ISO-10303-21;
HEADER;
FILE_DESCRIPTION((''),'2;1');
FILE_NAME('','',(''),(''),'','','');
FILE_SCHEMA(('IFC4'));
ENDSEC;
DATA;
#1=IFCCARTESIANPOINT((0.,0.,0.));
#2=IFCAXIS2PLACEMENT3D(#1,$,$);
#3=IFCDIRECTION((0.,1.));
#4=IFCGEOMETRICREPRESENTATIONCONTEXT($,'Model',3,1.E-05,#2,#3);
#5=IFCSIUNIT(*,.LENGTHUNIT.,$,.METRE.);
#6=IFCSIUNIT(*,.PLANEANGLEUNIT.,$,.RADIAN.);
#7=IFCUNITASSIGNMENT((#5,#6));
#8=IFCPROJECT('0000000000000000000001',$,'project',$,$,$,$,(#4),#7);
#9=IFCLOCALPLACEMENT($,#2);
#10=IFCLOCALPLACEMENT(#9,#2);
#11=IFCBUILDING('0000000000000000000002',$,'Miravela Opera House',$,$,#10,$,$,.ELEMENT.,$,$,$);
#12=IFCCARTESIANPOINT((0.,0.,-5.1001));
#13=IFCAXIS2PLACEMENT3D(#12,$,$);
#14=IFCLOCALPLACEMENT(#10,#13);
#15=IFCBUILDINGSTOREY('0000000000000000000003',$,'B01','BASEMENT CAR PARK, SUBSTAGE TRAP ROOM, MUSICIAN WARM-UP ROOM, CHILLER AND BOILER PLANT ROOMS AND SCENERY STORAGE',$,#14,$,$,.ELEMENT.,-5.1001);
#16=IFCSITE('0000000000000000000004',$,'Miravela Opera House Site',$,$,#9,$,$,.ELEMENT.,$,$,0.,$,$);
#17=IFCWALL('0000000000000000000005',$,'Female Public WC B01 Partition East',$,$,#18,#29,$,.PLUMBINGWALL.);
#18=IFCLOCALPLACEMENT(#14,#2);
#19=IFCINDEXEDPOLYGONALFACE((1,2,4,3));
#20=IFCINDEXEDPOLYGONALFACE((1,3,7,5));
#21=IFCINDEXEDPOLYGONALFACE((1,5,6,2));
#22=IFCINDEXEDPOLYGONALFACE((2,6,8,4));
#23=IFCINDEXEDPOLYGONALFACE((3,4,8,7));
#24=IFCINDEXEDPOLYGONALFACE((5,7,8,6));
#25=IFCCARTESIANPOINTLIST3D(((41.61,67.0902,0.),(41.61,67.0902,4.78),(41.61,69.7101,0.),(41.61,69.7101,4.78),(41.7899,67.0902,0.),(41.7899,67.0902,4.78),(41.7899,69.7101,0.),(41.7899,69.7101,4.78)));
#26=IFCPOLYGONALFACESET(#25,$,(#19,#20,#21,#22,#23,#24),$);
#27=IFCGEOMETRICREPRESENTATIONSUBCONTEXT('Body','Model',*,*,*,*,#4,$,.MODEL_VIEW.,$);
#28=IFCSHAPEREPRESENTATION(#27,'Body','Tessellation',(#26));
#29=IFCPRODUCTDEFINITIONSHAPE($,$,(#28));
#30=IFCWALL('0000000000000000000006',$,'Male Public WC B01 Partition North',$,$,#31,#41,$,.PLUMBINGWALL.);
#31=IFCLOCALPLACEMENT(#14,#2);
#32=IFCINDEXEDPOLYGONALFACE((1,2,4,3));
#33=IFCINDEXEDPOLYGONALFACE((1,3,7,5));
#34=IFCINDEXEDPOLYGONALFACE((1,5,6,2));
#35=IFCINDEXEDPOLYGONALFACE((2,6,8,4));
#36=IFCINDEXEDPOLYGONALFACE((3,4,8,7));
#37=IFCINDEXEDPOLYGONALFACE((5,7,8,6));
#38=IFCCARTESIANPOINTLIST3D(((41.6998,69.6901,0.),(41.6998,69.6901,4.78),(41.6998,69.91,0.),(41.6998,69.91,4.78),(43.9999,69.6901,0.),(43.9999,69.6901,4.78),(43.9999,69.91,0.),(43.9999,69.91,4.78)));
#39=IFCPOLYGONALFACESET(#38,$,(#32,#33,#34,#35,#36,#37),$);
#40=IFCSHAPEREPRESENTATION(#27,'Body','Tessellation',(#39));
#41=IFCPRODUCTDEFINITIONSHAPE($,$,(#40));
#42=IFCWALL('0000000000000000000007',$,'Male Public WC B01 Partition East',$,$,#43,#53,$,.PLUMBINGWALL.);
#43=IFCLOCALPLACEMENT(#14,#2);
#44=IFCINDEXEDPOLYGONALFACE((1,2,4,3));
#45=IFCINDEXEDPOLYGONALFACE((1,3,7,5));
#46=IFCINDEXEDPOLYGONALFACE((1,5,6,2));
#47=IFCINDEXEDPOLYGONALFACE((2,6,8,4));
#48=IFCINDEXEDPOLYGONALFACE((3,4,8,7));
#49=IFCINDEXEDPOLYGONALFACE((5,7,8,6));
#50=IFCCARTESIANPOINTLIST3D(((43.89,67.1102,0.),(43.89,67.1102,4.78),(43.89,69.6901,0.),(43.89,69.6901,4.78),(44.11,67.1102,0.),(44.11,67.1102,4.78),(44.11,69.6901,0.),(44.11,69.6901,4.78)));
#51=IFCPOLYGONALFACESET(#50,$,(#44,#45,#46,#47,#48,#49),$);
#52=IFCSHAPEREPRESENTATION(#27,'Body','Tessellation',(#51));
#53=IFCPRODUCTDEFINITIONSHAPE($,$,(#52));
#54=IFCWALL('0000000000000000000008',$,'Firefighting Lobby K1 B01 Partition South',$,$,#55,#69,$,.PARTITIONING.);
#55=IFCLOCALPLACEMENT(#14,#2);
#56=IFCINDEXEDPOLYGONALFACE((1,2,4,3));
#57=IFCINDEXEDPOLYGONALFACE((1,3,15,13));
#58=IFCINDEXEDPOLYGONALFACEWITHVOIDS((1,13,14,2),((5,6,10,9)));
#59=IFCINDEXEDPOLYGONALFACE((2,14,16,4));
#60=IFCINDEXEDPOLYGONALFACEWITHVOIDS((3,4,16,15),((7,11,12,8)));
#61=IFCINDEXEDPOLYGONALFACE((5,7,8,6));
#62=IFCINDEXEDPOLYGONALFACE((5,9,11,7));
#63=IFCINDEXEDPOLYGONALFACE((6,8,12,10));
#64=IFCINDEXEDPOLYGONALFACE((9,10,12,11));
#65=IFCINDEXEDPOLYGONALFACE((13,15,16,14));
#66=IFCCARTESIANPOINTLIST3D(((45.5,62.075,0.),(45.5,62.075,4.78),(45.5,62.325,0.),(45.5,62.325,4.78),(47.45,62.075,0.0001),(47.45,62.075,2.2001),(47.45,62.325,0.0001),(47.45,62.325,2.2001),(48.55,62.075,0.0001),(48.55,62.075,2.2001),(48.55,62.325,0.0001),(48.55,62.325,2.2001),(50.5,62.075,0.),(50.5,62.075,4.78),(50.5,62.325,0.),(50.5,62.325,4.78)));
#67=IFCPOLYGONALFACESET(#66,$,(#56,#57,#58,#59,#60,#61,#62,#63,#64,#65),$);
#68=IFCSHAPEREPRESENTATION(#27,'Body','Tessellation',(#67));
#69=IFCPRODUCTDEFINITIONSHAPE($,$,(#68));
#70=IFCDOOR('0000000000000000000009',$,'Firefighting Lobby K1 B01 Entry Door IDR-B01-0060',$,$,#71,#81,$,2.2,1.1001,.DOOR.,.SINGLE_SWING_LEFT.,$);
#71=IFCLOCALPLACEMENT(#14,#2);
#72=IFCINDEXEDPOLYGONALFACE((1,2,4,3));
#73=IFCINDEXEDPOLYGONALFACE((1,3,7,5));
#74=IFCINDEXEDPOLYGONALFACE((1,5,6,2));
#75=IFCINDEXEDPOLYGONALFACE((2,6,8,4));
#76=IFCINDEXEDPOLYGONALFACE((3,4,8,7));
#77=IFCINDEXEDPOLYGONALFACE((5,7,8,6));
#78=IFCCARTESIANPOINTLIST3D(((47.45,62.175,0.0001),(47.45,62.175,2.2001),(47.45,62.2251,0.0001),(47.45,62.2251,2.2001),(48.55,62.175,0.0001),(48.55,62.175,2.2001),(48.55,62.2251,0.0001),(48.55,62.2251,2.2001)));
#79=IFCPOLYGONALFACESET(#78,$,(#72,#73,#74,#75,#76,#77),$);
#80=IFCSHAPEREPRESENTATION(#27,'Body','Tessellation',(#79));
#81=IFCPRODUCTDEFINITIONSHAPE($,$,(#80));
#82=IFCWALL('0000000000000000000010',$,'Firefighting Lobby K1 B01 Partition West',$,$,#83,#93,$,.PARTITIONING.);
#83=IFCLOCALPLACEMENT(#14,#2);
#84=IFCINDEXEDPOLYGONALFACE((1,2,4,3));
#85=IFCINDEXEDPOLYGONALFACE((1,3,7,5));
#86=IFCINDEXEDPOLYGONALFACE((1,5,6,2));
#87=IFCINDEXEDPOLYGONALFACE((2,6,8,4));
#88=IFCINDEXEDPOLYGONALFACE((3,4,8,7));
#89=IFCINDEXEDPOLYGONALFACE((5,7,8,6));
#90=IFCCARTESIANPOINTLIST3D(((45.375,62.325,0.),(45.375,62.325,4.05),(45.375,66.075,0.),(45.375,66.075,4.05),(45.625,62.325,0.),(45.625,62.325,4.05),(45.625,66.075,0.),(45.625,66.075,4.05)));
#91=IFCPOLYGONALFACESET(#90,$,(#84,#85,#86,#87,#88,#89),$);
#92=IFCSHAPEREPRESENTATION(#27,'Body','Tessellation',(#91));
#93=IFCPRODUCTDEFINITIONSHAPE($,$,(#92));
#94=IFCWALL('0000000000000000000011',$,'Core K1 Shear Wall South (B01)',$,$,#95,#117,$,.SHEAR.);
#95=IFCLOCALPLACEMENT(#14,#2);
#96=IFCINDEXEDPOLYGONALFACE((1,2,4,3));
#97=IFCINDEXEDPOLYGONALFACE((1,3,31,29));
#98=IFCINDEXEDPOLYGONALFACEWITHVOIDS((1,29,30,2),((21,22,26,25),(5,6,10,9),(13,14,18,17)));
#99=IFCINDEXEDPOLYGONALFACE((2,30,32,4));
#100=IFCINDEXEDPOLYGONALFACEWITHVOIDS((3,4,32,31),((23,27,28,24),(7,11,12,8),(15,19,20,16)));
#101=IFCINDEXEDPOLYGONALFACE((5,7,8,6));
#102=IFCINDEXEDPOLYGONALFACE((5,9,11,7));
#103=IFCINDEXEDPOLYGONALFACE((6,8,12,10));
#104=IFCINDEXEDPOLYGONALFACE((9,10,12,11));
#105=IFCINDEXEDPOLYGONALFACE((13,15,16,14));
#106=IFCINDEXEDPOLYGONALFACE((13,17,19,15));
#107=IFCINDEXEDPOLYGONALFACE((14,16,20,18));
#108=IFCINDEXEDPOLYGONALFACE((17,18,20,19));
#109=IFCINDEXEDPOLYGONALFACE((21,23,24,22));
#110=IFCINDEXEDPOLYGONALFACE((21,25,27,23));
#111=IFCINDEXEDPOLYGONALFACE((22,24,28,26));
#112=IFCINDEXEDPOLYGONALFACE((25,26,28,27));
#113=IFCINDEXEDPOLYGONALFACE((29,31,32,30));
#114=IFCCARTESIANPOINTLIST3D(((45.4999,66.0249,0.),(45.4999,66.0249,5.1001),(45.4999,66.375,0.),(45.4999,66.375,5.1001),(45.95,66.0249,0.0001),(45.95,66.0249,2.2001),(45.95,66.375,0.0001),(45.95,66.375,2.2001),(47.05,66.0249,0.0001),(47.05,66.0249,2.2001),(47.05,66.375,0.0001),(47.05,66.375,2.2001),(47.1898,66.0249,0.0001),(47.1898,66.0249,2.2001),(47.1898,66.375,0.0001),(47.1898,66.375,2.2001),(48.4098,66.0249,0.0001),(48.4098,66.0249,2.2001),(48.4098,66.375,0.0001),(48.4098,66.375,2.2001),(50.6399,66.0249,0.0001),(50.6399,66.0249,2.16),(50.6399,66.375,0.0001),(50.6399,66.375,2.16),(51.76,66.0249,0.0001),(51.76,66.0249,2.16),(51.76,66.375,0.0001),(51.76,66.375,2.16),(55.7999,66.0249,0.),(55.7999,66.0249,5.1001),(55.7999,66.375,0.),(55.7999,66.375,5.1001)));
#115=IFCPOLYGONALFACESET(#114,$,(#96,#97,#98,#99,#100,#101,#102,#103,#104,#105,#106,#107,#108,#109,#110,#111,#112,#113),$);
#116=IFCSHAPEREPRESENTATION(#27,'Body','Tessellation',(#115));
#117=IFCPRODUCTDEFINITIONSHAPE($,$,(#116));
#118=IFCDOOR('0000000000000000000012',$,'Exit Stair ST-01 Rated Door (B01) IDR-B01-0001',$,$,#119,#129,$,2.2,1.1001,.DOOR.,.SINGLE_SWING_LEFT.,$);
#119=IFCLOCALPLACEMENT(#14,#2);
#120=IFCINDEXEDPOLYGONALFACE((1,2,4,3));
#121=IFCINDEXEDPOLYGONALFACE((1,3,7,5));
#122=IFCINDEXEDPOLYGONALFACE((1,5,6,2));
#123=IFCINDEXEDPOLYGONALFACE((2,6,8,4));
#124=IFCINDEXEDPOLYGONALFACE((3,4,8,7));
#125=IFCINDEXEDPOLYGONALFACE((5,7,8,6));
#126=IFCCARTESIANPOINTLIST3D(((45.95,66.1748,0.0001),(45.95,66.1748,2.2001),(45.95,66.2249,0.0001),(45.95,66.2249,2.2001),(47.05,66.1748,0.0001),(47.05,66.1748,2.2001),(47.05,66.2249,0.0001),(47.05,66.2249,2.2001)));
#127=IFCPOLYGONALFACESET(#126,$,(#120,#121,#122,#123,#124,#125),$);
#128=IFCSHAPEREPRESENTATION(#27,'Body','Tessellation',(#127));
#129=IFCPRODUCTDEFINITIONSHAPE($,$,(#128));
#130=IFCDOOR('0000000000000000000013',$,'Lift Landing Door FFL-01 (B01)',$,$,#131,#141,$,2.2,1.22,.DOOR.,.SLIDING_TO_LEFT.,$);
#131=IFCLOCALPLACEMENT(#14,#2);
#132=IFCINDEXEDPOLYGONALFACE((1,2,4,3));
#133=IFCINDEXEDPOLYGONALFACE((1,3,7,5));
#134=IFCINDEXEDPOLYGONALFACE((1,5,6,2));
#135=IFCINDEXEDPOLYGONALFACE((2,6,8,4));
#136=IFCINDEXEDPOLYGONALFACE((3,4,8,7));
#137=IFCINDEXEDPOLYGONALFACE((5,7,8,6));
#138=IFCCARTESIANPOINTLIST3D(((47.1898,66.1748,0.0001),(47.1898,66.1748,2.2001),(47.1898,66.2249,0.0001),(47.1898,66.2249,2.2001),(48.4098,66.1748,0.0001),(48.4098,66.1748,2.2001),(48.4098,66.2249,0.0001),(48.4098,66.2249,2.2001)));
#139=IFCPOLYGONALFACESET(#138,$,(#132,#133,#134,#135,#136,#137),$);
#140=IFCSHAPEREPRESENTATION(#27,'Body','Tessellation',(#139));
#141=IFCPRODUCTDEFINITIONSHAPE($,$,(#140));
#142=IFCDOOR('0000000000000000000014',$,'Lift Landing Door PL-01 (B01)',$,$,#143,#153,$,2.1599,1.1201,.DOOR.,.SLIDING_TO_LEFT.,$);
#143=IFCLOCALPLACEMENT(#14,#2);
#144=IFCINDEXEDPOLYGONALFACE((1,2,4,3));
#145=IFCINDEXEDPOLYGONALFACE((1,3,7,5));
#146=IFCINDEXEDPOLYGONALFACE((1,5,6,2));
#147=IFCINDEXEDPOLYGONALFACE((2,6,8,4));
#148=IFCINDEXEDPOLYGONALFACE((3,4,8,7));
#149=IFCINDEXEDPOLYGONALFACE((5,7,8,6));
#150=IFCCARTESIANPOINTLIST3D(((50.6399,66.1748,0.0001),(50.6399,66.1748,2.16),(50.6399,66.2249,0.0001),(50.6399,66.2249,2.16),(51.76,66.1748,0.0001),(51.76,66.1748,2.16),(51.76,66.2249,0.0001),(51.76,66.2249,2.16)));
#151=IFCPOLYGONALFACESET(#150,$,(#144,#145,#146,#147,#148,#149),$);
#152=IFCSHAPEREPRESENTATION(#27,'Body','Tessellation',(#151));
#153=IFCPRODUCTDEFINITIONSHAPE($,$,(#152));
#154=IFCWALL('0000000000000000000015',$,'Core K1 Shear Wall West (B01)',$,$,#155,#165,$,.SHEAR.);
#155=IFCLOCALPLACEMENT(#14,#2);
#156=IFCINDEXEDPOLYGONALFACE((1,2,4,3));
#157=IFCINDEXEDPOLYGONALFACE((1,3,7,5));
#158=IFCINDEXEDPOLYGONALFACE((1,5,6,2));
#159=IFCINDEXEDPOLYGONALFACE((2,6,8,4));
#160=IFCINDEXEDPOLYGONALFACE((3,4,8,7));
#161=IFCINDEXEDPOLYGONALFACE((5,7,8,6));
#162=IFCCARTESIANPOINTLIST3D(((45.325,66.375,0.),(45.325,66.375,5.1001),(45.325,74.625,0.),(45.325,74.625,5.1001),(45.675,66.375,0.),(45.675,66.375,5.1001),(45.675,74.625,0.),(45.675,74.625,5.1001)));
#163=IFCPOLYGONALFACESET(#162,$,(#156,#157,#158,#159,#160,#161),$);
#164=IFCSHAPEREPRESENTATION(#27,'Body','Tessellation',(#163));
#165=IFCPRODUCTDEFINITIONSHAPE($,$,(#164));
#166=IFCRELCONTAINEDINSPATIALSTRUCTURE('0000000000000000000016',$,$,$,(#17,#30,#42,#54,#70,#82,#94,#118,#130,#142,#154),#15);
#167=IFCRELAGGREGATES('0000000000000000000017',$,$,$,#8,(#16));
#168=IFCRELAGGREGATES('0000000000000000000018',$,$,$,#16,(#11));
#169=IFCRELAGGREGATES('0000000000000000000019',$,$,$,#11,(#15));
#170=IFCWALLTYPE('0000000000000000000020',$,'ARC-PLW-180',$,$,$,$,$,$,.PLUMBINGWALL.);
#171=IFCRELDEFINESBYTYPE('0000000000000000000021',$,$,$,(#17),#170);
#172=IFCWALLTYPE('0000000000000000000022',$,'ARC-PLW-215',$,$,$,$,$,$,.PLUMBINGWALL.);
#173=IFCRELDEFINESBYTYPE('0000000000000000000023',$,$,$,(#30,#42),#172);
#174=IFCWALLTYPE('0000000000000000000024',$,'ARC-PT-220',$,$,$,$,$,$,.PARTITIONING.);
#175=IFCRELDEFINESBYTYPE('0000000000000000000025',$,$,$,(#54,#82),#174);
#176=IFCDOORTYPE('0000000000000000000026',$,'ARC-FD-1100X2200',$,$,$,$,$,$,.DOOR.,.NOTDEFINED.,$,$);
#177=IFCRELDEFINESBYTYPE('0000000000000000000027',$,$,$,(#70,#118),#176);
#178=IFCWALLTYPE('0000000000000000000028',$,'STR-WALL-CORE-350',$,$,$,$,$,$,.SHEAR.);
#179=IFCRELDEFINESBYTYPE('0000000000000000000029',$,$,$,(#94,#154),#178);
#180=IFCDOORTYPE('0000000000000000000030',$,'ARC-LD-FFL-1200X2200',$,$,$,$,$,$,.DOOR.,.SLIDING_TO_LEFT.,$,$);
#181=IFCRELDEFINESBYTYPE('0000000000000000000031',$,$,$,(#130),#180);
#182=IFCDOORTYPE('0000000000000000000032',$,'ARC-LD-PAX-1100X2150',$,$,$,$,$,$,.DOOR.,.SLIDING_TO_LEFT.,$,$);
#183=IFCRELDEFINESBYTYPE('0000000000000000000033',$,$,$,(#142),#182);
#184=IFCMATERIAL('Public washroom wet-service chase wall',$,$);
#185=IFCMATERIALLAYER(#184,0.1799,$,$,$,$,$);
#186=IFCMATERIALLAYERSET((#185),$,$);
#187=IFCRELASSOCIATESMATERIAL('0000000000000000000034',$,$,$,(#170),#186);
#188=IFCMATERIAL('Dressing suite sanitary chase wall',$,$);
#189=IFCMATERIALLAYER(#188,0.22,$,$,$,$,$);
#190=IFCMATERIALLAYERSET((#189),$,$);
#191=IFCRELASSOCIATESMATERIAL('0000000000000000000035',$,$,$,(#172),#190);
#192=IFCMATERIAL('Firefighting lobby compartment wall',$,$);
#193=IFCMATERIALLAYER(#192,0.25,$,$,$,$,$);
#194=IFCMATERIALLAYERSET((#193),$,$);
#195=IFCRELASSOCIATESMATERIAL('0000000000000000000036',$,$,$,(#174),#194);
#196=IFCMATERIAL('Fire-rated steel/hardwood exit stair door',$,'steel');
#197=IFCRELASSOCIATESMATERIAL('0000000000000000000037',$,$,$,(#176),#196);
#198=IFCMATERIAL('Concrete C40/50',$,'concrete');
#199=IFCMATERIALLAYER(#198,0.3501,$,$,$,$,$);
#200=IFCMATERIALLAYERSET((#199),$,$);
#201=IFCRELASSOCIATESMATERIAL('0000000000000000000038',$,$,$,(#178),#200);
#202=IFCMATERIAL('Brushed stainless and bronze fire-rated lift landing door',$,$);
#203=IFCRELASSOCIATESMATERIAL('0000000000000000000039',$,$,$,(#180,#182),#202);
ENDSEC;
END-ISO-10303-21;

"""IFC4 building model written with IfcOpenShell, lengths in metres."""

from ifc_helpers import new_model, si_unit, direction, frame, frame_2d, origin, place, context, subcontext, project, spatial, rectangle, extrude, material, layer, layer_set, type_object, element, fill, save


model = new_model("IFC4")

# Units and contexts
model_context = context("Model", 3, precision=1e-05, world=origin(), true_north=direction((0.0, 1.0)))
body_context = subcontext(model_context, "Body", "Model", "MODEL_VIEW")
ifc_project = project(units=[si_unit("LENGTHUNIT", "METRE"), si_unit("PLANEANGLEUNIT", "RADIAN")], contexts=[model_context])

# Site, building, storey
site_placement = place(None, origin())
site = spatial("IfcSite", under=ifc_project, at=site_placement, Name="Miravela Opera House Site", CompositionType="ELEMENT", RefElevation=0.0)
building_placement = place(site_placement, origin())
building = spatial("IfcBuilding", under=site, at=building_placement, Name="Miravela Opera House", CompositionType="ELEMENT")
storey_placement = place(building_placement, frame((0.0, 0.0, -5.1001)))
storey = spatial("IfcBuildingStorey", under=building, at=storey_placement, Name="B01", Description="BASEMENT CAR PARK, SUBSTAGE TRAP ROOM, MUSICIAN WARM-UP ROOM, CHILLER AND BOILER PLANT ROOMS AND SCENERY STORAGE", CompositionType="ELEMENT", Elevation=-5.1001)

# Shared definitions
ifc_material_1 = material(Name="Concrete C40/50", Category="concrete")

# Shared definitions
ifc_material_2 = material(Name="Public washroom wet-service chase wall")
ifc_layer_1 = layer(ifc_material_2, 0.1799)
ifc_layer_set_1 = layer_set([ifc_layer_1])
wall_type_1 = type_object("IfcWallType", Name="ARC-PLW-180", PredefinedType="PLUMBINGWALL", material=ifc_layer_set_1)

# Wall
wall_1_placement = place(storey_placement, frame((41.7, 67.0901, 0.0), z_axis=(0.0, 0.0, 1.0), x_axis=(0.0, 1.0, 0.0)))
element("IfcWall", 1, at=wall_1_placement, inside=storey, type_object=wall_type_1, Name="Female Public WC B01 Partition East", PredefinedType="PLUMBINGWALL", context=body_context, shape_type="SweptSolid", body=[
    extrude(rectangle(XDim=2.6199, YDim=0.1799, at=frame_2d((1.3101, 0.0))), origin(), (0.0, 0.0, 1.0), 4.78),
])

# Shared definitions
ifc_material_3 = material(Name="Dressing suite sanitary chase wall")
ifc_layer_2 = layer(ifc_material_3, 0.22)
ifc_layer_set_2 = layer_set([ifc_layer_2])
wall_type_2 = type_object("IfcWallType", Name="ARC-PLW-215", PredefinedType="PLUMBINGWALL", material=ifc_layer_set_2)

# Walls
wall_2_placement = place(storey_placement, frame((41.7, 69.8, 0.0), z_axis=(0.0, 0.0, 1.0), x_axis=(1.0, 0.0, 0.0)))
element("IfcWall", 2, at=wall_2_placement, inside=storey, type_object=wall_type_2, Name="Male Public WC B01 Partition North", PredefinedType="PLUMBINGWALL", context=body_context, shape_type="SweptSolid", body=[
    extrude(rectangle(XDim=2.3, YDim=0.22, at=frame_2d((1.1499, 0.0))), origin(), (0.0, 0.0, 1.0), 4.78),
])
wall_3_placement = place(storey_placement, frame((44.0, 67.1101, 0.0), z_axis=(0.0, 0.0, 1.0), x_axis=(0.0, 1.0, 0.0)))
element("IfcWall", 3, at=wall_3_placement, inside=storey, type_object=wall_type_2, Name="Male Public WC B01 Partition East", PredefinedType="PLUMBINGWALL", context=body_context, shape_type="SweptSolid", body=[
    extrude(rectangle(XDim=2.5798, YDim=0.22, at=frame_2d((1.29, 0.0))), origin(), (0.0, 0.0, 1.0), 4.78),
])

# Wall, opening, door
ifc_material_4 = material(Name="Firefighting lobby compartment wall")
ifc_layer_3 = layer(ifc_material_4, 0.25)
ifc_layer_set_3 = layer_set([ifc_layer_3])
wall_type_3 = type_object("IfcWallType", Name="ARC-PT-220", PredefinedType="PARTITIONING", material=ifc_layer_set_3)
wall_4_placement = place(storey_placement, frame((45.5, 62.2, 0.0), z_axis=(0.0, 0.0, 1.0), x_axis=(1.0, 0.0, 0.0)))
wall_4 = element("IfcWall", 4, at=wall_4_placement, inside=storey, type_object=wall_type_3, Name="Firefighting Lobby K1 B01 Partition South", PredefinedType="PARTITIONING", context=body_context, shape_type="SweptSolid", body=[
    extrude(rectangle(XDim=5.0, YDim=0.25, at=frame_2d((2.5, 0.0))), origin(), (0.0, 0.0, 1.0), 4.78),
])
opening_1_placement = place(wall_4_placement, frame((1.95, 0.0, 0.0)))
opening_1 = element("IfcOpeningElement", 5, at=opening_1_placement, cuts=wall_4, PredefinedType="OPENING", context=body_context, shape_type="SweptSolid", body=[
    extrude(rectangle(XDim=1.1001, YDim=2.2, at=frame_2d((0.55, 1.1001))), frame((0.0, 0.135, 0.0), z_axis=(0.0, -1.0, 0.0), x_axis=(1.0, 0.0, 0.0)), (0.0, 0.0, 1.0), 0.27),
])
ifc_material_5 = material(Name="Fire-rated steel/hardwood exit stair door", Category="steel")
door_type_1 = type_object("IfcDoorType", Name="ARC-FD-1100X2200", OperationType="NOTDEFINED", PredefinedType="DOOR", material=ifc_material_5)
door_1_placement = place(opening_1_placement, frame((1.1001, 0.0, 0.0), z_axis=(0.0, 0.0, 1.0), x_axis=(-1.0, 0.0, 0.0)))
door_1 = element("IfcDoor", 6, at=door_1_placement, inside=storey, type_object=door_type_1, Name="Firefighting Lobby K1 B01 Entry Door IDR-B01-0060", OperationType="SINGLE_SWING_LEFT", OverallHeight=2.2, OverallWidth=1.1001, PredefinedType="DOOR", context=body_context, shape_type="SweptSolid", body=[
    extrude(rectangle(XDim=1.1001, YDim=2.2, at=frame_2d((0.55, 1.1001))), frame((0.0, 0.0249, 0.0), z_axis=(0.0, -1.0, 0.0), x_axis=(1.0, 0.0, 0.0)), (0.0, 0.0, 1.0), 0.05),
])
fill(opening_1, door_1)

# Wall
wall_5_placement = place(storey_placement, frame((45.5, 62.325, 0.0), z_axis=(0.0, 0.0, 1.0), x_axis=(0.0, 1.0, 0.0)))
element("IfcWall", 7, at=wall_5_placement, inside=storey, type_object=wall_type_3, Name="Firefighting Lobby K1 B01 Partition West", PredefinedType="PARTITIONING", context=body_context, shape_type="SweptSolid", body=[
    extrude(rectangle(XDim=3.75, YDim=0.25, at=frame_2d((1.875, 0.0))), origin(), (0.0, 0.0, 1.0), 4.05),
])

# Wall, openings, doors
ifc_layer_4 = layer(ifc_material_1, 0.3501)
ifc_layer_set_4 = layer_set([ifc_layer_4])
wall_type_4 = type_object("IfcWallType", Name="STR-WALL-CORE-350", PredefinedType="SHEAR", material=ifc_layer_set_4)
wall_6_placement = place(storey_placement, frame((45.5, 66.2, 0.0), z_axis=(0.0, 0.0, 1.0), x_axis=(1.0, 0.0, 0.0)))
wall_6 = element("IfcWall", 8, at=wall_6_placement, inside=storey, type_object=wall_type_4, Name="Core K1 Shear Wall South (B01)", PredefinedType="SHEAR", context=body_context, shape_type="SweptSolid", body=[
    extrude(rectangle(XDim=10.3, YDim=0.3501, at=frame_2d((5.1499, 0.0))), origin(), (0.0, 0.0, 1.0), 5.1001),
])
opening_2_placement = place(wall_6_placement, frame((0.45, 0.0, 0.0)))
opening_2 = element("IfcOpeningElement", 9, at=opening_2_placement, cuts=wall_6, PredefinedType="OPENING", context=body_context, shape_type="SweptSolid", body=[
    extrude(rectangle(XDim=1.1001, YDim=2.2, at=frame_2d((0.55, 1.1001))), frame((0.0, 0.1851, 0.0), z_axis=(0.0, -1.0, 0.0), x_axis=(1.0, 0.0, 0.0)), (0.0, 0.0, 1.0), 0.3701),
])
opening_3_placement = place(wall_6_placement, frame((1.6899, 0.0, 0.0)))
opening_3 = element("IfcOpeningElement", 10, at=opening_3_placement, cuts=wall_6, PredefinedType="OPENING", context=body_context, shape_type="SweptSolid", body=[
    extrude(rectangle(XDim=1.22, YDim=2.2, at=frame_2d((0.6099, 1.1001))), frame((0.0, 0.1851, 0.0), z_axis=(0.0, -1.0, 0.0), x_axis=(1.0, 0.0, 0.0)), (0.0, 0.0, 1.0), 0.3701),
])
opening_4_placement = place(wall_6_placement, frame((5.1399, 0.0, 0.0)))
opening_4 = element("IfcOpeningElement", 11, at=opening_4_placement, cuts=wall_6, PredefinedType="OPENING", context=body_context, shape_type="SweptSolid", body=[
    extrude(rectangle(XDim=1.1201, YDim=2.1599, at=frame_2d((0.5601, 1.0801))), frame((0.0, 0.1851, 0.0), z_axis=(0.0, -1.0, 0.0), x_axis=(1.0, 0.0, 0.0)), (0.0, 0.0, 1.0), 0.3701),
])
door_2_placement = place(opening_2_placement, origin())
door_2 = element("IfcDoor", 12, at=door_2_placement, inside=storey, type_object=door_type_1, Name="Exit Stair ST-01 Rated Door (B01) IDR-B01-0001", OperationType="SINGLE_SWING_LEFT", OverallHeight=2.2, OverallWidth=1.1001, PredefinedType="DOOR", context=body_context, shape_type="SweptSolid", body=[
    extrude(rectangle(XDim=1.1001, YDim=2.2, at=frame_2d((0.55, 1.1001))), frame((0.0, 0.0249, 0.0), z_axis=(0.0, -1.0, 0.0), x_axis=(1.0, 0.0, 0.0)), (0.0, 0.0, 1.0), 0.05),
])
fill(opening_2, door_2)
ifc_material_6 = material(Name="Brushed stainless and bronze fire-rated lift landing door")
door_type_2 = type_object("IfcDoorType", Name="ARC-LD-FFL-1200X2200", OperationType="SLIDING_TO_LEFT", PredefinedType="DOOR", material=ifc_material_6)
door_3_placement = place(opening_3_placement, origin())
door_3 = element("IfcDoor", 13, at=door_3_placement, inside=storey, type_object=door_type_2, Name="Lift Landing Door FFL-01 (B01)", OperationType="SLIDING_TO_LEFT", OverallHeight=2.2, OverallWidth=1.22, PredefinedType="DOOR", context=body_context, shape_type="SweptSolid", body=[
    extrude(rectangle(XDim=1.22, YDim=2.2, at=frame_2d((0.6099, 1.1001))), frame((0.0, 0.0249, 0.0), z_axis=(0.0, -1.0, 0.0), x_axis=(1.0, 0.0, 0.0)), (0.0, 0.0, 1.0), 0.05),
])
fill(opening_3, door_3)
door_type_3 = type_object("IfcDoorType", Name="ARC-LD-PAX-1100X2150", OperationType="SLIDING_TO_LEFT", PredefinedType="DOOR", material=ifc_material_6)
door_4_placement = place(opening_4_placement, origin())
door_4 = element("IfcDoor", 14, at=door_4_placement, inside=storey, type_object=door_type_3, Name="Lift Landing Door PL-01 (B01)", OperationType="SLIDING_TO_LEFT", OverallHeight=2.1599, OverallWidth=1.1201, PredefinedType="DOOR", context=body_context, shape_type="SweptSolid", body=[
    extrude(rectangle(XDim=1.1201, YDim=2.1599, at=frame_2d((0.5601, 1.0801))), frame((0.0, 0.0249, 0.0), z_axis=(0.0, -1.0, 0.0), x_axis=(1.0, 0.0, 0.0)), (0.0, 0.0, 1.0), 0.05),
])
fill(opening_4, door_4)

# Wall
wall_7_placement = place(storey_placement, frame((45.5, 66.375, 0.0), z_axis=(0.0, 0.0, 1.0), x_axis=(0.0, 1.0, 0.0)))
element("IfcWall", 15, at=wall_7_placement, inside=storey, type_object=wall_type_4, Name="Core K1 Shear Wall West (B01)", PredefinedType="SHEAR", context=body_context, shape_type="SweptSolid", body=[
    extrude(rectangle(XDim=8.25, YDim=0.3501, at=frame_2d((4.125, 0.0))), origin(), (0.0, 0.0, 1.0), 5.1001),
])

save(model, "model.ifc")
